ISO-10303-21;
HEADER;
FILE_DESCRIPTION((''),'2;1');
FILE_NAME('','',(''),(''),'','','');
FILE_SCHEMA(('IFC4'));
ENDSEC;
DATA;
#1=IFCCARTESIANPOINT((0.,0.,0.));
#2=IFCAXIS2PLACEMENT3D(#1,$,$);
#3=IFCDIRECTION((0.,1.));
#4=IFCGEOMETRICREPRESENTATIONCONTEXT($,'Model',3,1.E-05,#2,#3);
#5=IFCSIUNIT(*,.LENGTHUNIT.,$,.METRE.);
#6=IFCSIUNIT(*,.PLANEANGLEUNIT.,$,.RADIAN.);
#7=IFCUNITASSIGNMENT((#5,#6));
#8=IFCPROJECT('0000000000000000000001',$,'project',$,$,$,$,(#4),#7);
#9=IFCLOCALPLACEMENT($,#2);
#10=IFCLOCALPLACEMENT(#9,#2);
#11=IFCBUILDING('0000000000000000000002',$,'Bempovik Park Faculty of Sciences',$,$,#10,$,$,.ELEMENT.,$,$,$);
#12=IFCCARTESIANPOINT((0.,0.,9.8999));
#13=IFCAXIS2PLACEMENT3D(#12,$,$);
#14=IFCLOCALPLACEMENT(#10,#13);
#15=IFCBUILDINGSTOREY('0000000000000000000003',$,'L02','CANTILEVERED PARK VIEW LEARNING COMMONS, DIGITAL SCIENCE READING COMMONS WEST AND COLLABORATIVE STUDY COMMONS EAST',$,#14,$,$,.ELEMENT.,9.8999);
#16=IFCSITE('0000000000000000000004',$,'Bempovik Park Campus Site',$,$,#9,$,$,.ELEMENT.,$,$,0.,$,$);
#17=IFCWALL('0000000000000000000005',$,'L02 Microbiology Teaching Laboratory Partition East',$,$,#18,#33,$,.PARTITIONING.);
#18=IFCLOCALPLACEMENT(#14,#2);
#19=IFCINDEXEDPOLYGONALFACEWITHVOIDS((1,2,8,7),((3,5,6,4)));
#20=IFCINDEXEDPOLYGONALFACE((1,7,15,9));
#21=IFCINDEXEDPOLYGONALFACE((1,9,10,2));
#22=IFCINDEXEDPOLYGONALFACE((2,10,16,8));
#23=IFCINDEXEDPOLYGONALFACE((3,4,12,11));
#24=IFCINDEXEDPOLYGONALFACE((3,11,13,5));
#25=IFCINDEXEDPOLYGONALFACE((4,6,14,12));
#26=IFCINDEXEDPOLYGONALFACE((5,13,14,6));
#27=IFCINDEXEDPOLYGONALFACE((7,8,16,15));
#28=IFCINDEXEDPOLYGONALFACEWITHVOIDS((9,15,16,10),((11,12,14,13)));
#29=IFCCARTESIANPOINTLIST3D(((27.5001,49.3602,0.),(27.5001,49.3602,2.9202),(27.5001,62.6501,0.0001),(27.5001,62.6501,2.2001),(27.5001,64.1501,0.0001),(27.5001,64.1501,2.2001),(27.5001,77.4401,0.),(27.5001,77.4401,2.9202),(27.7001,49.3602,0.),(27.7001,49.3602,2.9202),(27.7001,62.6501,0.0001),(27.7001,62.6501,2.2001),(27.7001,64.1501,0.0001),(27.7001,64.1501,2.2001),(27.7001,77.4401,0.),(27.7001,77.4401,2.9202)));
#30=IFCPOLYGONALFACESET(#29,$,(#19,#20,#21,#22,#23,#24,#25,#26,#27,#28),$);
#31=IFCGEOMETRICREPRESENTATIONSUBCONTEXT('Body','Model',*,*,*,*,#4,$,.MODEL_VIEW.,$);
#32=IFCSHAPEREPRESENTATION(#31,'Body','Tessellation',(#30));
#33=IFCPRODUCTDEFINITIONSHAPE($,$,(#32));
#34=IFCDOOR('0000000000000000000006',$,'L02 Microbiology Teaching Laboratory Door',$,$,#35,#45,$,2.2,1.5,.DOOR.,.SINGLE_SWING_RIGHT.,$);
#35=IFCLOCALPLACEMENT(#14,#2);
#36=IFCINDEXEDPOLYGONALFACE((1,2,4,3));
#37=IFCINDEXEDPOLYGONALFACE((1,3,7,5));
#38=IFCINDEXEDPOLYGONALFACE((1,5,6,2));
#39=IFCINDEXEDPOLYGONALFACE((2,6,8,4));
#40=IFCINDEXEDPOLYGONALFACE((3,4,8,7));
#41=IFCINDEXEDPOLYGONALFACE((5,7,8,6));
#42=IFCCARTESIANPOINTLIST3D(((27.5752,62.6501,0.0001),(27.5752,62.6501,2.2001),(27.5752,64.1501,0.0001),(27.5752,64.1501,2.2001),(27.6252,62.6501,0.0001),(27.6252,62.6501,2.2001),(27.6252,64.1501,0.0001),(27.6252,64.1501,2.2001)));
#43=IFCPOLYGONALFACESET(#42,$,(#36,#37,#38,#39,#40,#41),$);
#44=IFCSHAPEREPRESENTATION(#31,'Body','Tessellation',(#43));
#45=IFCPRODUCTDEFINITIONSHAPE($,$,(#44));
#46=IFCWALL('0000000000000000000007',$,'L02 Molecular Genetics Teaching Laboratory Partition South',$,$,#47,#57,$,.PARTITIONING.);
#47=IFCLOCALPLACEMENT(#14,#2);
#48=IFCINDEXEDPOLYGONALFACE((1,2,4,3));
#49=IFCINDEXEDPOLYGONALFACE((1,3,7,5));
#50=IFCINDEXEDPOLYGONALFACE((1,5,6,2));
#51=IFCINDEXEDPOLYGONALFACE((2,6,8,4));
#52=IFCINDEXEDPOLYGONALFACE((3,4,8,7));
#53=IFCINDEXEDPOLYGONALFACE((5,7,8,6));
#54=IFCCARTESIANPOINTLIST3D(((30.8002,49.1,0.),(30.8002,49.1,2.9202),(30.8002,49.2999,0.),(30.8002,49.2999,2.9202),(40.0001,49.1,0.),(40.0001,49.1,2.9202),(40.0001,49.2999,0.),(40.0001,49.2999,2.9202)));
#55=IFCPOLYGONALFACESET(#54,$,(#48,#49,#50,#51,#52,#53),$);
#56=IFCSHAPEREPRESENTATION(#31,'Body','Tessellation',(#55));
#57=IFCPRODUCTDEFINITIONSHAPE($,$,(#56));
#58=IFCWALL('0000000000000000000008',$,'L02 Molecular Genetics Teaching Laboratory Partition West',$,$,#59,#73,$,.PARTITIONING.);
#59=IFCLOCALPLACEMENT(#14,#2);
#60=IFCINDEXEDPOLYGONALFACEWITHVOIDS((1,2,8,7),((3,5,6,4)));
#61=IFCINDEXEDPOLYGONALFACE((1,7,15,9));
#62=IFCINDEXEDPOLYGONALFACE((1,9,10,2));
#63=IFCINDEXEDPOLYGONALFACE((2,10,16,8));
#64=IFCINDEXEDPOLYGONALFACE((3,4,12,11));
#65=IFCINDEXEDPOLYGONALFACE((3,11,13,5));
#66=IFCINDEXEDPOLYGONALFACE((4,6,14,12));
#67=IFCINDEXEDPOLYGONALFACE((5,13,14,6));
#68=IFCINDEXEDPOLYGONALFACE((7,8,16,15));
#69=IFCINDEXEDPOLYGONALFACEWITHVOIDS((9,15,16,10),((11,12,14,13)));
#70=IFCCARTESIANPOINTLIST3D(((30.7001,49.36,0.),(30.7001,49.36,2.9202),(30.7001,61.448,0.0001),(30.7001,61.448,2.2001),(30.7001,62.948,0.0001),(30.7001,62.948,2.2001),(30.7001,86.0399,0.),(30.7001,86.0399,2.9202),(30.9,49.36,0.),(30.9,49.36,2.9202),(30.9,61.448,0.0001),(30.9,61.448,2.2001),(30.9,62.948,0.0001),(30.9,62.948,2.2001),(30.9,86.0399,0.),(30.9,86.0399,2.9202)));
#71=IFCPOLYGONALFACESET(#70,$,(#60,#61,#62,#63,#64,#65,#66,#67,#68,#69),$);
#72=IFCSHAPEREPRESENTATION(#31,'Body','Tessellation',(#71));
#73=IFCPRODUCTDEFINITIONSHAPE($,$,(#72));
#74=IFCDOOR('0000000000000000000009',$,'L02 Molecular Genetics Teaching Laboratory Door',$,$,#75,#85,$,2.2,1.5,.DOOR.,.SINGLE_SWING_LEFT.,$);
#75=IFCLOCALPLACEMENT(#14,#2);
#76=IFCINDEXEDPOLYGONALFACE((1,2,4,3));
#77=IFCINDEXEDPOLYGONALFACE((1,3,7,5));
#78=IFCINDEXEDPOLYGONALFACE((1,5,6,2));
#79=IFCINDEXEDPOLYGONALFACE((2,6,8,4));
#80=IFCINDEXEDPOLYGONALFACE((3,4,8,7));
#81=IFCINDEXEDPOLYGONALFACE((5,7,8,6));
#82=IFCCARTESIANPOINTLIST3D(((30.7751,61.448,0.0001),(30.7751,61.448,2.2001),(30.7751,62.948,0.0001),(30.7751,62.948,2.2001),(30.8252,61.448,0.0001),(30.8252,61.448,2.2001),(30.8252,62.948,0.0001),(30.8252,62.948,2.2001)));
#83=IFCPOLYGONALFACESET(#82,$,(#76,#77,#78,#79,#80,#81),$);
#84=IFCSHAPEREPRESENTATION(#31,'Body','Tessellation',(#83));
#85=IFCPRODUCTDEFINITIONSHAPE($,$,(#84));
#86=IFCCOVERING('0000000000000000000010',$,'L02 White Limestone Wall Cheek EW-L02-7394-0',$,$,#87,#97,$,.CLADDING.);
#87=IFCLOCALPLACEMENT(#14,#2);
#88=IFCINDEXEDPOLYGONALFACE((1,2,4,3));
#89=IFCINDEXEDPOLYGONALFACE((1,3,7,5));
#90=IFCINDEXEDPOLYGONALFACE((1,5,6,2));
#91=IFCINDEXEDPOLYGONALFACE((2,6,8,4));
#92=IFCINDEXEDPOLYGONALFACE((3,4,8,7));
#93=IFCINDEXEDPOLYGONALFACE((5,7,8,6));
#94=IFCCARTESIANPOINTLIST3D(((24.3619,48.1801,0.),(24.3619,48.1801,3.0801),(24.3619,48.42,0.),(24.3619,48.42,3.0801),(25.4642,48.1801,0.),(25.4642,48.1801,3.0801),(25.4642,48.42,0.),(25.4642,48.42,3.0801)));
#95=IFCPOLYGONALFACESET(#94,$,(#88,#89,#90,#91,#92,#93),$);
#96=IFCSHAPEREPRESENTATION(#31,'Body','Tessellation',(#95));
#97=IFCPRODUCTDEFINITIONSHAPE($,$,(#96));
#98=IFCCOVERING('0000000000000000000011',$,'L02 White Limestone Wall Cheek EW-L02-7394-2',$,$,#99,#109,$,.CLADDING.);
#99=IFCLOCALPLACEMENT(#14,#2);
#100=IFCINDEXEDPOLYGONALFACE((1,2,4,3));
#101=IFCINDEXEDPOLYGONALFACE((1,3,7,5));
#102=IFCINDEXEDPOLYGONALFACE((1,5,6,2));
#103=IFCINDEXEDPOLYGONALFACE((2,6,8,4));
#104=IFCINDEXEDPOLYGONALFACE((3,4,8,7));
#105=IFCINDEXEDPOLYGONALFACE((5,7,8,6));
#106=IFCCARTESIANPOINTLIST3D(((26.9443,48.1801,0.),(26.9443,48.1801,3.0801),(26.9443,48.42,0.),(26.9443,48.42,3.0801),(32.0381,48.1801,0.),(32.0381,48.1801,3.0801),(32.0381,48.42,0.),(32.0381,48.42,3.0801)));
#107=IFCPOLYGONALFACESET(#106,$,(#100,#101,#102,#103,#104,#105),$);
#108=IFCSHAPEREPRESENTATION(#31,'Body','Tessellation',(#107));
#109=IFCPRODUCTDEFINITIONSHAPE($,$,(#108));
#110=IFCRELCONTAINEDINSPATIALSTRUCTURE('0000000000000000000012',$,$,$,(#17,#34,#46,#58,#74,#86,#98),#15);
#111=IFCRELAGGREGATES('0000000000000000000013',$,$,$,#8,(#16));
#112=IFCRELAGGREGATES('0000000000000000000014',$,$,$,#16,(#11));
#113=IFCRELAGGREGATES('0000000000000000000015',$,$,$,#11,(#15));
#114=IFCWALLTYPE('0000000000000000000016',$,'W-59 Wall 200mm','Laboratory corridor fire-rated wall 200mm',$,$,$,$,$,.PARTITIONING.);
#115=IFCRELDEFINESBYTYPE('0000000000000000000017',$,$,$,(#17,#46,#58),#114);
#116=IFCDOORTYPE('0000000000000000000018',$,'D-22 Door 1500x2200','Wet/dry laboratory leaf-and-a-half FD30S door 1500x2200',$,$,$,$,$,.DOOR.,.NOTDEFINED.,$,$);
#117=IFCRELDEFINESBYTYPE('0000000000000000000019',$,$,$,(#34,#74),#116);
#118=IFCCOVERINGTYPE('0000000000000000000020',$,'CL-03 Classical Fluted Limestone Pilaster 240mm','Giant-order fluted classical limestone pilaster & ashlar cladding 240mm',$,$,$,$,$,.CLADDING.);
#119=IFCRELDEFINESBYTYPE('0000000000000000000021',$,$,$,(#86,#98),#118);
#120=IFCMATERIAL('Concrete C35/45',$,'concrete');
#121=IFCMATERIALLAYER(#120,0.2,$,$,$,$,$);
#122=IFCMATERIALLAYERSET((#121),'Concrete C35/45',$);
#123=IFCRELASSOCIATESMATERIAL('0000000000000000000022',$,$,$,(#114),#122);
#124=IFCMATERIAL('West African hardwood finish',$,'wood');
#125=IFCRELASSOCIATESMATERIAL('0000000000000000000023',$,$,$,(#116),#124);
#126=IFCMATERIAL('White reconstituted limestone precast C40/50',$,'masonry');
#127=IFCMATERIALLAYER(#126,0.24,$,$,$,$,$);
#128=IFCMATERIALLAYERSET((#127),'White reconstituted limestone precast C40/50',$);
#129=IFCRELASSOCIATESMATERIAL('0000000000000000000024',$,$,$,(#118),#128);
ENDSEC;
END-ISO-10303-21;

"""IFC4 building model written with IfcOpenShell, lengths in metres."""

from ifc_helpers import new_model, si_unit, direction, frame, frame_2d, origin, origin_2d, place, context, subcontext, project, spatial, rectangle, extrude, material, layer, layer_set, type_object, element, fill, save


model = new_model("IFC4")

# Units and contexts
model_context = context("Model", 3, precision=1e-05, world=origin(), true_north=direction((0.0, 1.0)))
body_context = subcontext(model_context, "Body", "Model", "MODEL_VIEW")
ifc_project = project(units=[si_unit("LENGTHUNIT", "METRE"), si_unit("PLANEANGLEUNIT", "RADIAN")], contexts=[model_context])

# Site, building, storey
site_placement = place(None, origin())
site = spatial("IfcSite", under=ifc_project, at=site_placement, Name="Bempovik Park Campus Site", CompositionType="ELEMENT", RefElevation=0.0)
building_placement = place(site_placement, origin())
building = spatial("IfcBuilding", under=site, at=building_placement, Name="Bempovik Park Faculty of Sciences", CompositionType="ELEMENT")
storey_placement = place(building_placement, frame((0.0, 0.0, 9.8999)))
storey = spatial("IfcBuildingStorey", under=building, at=storey_placement, Name="L02", Description="CANTILEVERED PARK VIEW LEARNING COMMONS, DIGITAL SCIENCE READING COMMONS WEST AND COLLABORATIVE STUDY COMMONS EAST", CompositionType="ELEMENT", Elevation=9.8999)

# Shared definitions
ifc_material_1 = material(Name="Concrete C35/45", Category="concrete")

# Wall, opening, door
ifc_layer_1 = layer(ifc_material_1, 0.2)
ifc_layer_set_1 = layer_set([ifc_layer_1], Name="Concrete C35/45")
wall_type_1 = type_object("IfcWallType", Name="W-59 Wall 200mm", Description="Laboratory corridor fire-rated wall 200mm", PredefinedType="PARTITIONING", material=ifc_layer_set_1)
wall_1_placement = place(storey_placement, frame((27.6001, 49.3601, 0.0), z_axis=(0.0, 0.0, 1.0), x_axis=(0.0, 1.0, 0.0)))
wall_1 = element("IfcWall", 1, at=wall_1_placement, inside=storey, type_object=wall_type_1, Name="L02 Microbiology Teaching Laboratory Partition East", PredefinedType="PARTITIONING", context=body_context, shape_type="SweptSolid", body=[
    extrude(rectangle(XDim=28.0798, YDim=0.2, at=frame_2d((14.04, 0.0))), origin(), (0.0, 0.0, 1.0), 2.9202),
])
opening_1_placement = place(wall_1_placement, frame((13.29, 0.0, 0.0)))
opening_1 = element("IfcOpeningElement", 2, at=opening_1_placement, cuts=wall_1, PredefinedType="OPENING", context=body_context, shape_type="SweptSolid", body=[
    extrude(rectangle(XDim=1.5, YDim=2.2, at=frame_2d((0.75, 1.1001))), frame((0.0, 0.1099, 0.0), z_axis=(0.0, -1.0, 0.0), x_axis=(1.0, 0.0, 0.0)), (0.0, 0.0, 1.0), 0.22),
])
ifc_material_2 = material(Name="West African hardwood finish", Category="wood")
door_type = type_object("IfcDoorType", Name="D-22 Door 1500x2200", Description="Wet/dry laboratory leaf-and-a-half FD30S door 1500x2200", OperationType="NOTDEFINED", PredefinedType="DOOR", material=ifc_material_2)
door_1_placement = place(opening_1_placement, origin())
door_1 = element("IfcDoor", 3, at=door_1_placement, inside=storey, type_object=door_type, Name="L02 Microbiology Teaching Laboratory Door", OperationType="SINGLE_SWING_RIGHT", OverallHeight=2.2, OverallWidth=1.5, PredefinedType="DOOR", context=body_context, shape_type="SweptSolid", body=[
    extrude(rectangle(XDim=1.5, YDim=2.2, at=frame_2d((0.75, 1.1001))), frame((0.0, 0.0249, 0.0), z_axis=(0.0, -1.0, 0.0), x_axis=(1.0, 0.0, 0.0)), (0.0, 0.0, 1.0), 0.05),
])
fill(opening_1, door_1)

# Wall
wall_2_placement = place(storey_placement, frame((30.8, 49.2, 0.0), z_axis=(0.0, 0.0, 1.0), x_axis=(1.0, 0.0, 0.0)))
element("IfcWall", 4, at=wall_2_placement, inside=storey, type_object=wall_type_1, Name="L02 Molecular Genetics Teaching Laboratory Partition South", PredefinedType="PARTITIONING", context=body_context, shape_type="SweptSolid", body=[
    extrude(rectangle(XDim=9.2, YDim=0.2, at=frame_2d((4.6001, 0.0))), origin(), (0.0, 0.0, 1.0), 2.9202),
])

# Wall, opening, door
wall_3_placement = place(storey_placement, frame((30.8, 49.3601, 0.0), z_axis=(0.0, 0.0, 1.0), x_axis=(0.0, 1.0, 0.0)))
wall_3 = element("IfcWall", 5, at=wall_3_placement, inside=storey, type_object=wall_type_1, Name="L02 Molecular Genetics Teaching Laboratory Partition West", PredefinedType="PARTITIONING", context=body_context, shape_type="SweptSolid", body=[
    extrude(rectangle(XDim=36.6799, YDim=0.2, at=frame_2d((18.3398, 0.0))), origin(), (0.0, 0.0, 1.0), 2.9202),
])
opening_2_placement = place(wall_3_placement, frame((12.0879, 0.0, 0.0)))
opening_2 = element("IfcOpeningElement", 6, at=opening_2_placement, cuts=wall_3, PredefinedType="OPENING", context=body_context, shape_type="SweptSolid", body=[
    extrude(rectangle(XDim=1.5, YDim=2.2, at=frame_2d((0.75, 1.1001))), frame((0.0, 0.1099, 0.0), z_axis=(0.0, -1.0, 0.0), x_axis=(1.0, 0.0, 0.0)), (0.0, 0.0, 1.0), 0.22),
])
door_2_placement = place(opening_2_placement, origin())
door_2 = element("IfcDoor", 7, at=door_2_placement, inside=storey, type_object=door_type, Name="L02 Molecular Genetics Teaching Laboratory Door", OperationType="SINGLE_SWING_LEFT", OverallHeight=2.2, OverallWidth=1.5, PredefinedType="DOOR", context=body_context, shape_type="SweptSolid", body=[
    extrude(rectangle(XDim=1.5, YDim=2.2, at=frame_2d((0.75, 1.1001))), frame((0.0, 0.0249, 0.0), z_axis=(0.0, -1.0, 0.0), x_axis=(1.0, 0.0, 0.0)), (0.0, 0.0, 1.0), 0.05),
])
fill(opening_2, door_2)

# Coverings
ifc_material_3 = material(Name="White reconstituted limestone precast C40/50", Category="masonry")
ifc_layer_2 = layer(ifc_material_3, 0.24)
ifc_layer_set_2 = layer_set([ifc_layer_2], Name="White reconstituted limestone precast C40/50")
covering_type = type_object("IfcCoveringType", Name="CL-03 Classical Fluted Limestone Pilaster 240mm", Description="Giant-order fluted classical limestone pilaster & ashlar cladding 240mm", PredefinedType="CLADDING", material=ifc_layer_set_2)
covering_1_placement = place(storey_placement, frame((24.9131, 48.3, 0.0), z_axis=(0.0, 0.0, 1.0), x_axis=(1.0, 0.0, 0.0)))
element("IfcCovering", 8, at=covering_1_placement, inside=storey, type_object=covering_type, Name="L02 White Limestone Wall Cheek EW-L02-7394-0", PredefinedType="CLADDING", context=body_context, shape_type="SweptSolid", body=[
    extrude(rectangle(XDim=1.1023, YDim=0.24, at=origin_2d()), origin(), (0.0, 0.0, 1.0), 3.0801),
])
covering_2_placement = place(storey_placement, frame((29.4912, 48.3, 0.0), z_axis=(0.0, 0.0, 1.0), x_axis=(1.0, 0.0, 0.0)))
element("IfcCovering", 9, at=covering_2_placement, inside=storey, type_object=covering_type, Name="L02 White Limestone Wall Cheek EW-L02-7394-2", PredefinedType="CLADDING", context=body_context, shape_type="SweptSolid", body=[
    extrude(rectangle(XDim=5.0938, YDim=0.24, at=origin_2d()), origin(), (0.0, 0.0, 1.0), 3.0801),
])

save(model, "model.ifc")
